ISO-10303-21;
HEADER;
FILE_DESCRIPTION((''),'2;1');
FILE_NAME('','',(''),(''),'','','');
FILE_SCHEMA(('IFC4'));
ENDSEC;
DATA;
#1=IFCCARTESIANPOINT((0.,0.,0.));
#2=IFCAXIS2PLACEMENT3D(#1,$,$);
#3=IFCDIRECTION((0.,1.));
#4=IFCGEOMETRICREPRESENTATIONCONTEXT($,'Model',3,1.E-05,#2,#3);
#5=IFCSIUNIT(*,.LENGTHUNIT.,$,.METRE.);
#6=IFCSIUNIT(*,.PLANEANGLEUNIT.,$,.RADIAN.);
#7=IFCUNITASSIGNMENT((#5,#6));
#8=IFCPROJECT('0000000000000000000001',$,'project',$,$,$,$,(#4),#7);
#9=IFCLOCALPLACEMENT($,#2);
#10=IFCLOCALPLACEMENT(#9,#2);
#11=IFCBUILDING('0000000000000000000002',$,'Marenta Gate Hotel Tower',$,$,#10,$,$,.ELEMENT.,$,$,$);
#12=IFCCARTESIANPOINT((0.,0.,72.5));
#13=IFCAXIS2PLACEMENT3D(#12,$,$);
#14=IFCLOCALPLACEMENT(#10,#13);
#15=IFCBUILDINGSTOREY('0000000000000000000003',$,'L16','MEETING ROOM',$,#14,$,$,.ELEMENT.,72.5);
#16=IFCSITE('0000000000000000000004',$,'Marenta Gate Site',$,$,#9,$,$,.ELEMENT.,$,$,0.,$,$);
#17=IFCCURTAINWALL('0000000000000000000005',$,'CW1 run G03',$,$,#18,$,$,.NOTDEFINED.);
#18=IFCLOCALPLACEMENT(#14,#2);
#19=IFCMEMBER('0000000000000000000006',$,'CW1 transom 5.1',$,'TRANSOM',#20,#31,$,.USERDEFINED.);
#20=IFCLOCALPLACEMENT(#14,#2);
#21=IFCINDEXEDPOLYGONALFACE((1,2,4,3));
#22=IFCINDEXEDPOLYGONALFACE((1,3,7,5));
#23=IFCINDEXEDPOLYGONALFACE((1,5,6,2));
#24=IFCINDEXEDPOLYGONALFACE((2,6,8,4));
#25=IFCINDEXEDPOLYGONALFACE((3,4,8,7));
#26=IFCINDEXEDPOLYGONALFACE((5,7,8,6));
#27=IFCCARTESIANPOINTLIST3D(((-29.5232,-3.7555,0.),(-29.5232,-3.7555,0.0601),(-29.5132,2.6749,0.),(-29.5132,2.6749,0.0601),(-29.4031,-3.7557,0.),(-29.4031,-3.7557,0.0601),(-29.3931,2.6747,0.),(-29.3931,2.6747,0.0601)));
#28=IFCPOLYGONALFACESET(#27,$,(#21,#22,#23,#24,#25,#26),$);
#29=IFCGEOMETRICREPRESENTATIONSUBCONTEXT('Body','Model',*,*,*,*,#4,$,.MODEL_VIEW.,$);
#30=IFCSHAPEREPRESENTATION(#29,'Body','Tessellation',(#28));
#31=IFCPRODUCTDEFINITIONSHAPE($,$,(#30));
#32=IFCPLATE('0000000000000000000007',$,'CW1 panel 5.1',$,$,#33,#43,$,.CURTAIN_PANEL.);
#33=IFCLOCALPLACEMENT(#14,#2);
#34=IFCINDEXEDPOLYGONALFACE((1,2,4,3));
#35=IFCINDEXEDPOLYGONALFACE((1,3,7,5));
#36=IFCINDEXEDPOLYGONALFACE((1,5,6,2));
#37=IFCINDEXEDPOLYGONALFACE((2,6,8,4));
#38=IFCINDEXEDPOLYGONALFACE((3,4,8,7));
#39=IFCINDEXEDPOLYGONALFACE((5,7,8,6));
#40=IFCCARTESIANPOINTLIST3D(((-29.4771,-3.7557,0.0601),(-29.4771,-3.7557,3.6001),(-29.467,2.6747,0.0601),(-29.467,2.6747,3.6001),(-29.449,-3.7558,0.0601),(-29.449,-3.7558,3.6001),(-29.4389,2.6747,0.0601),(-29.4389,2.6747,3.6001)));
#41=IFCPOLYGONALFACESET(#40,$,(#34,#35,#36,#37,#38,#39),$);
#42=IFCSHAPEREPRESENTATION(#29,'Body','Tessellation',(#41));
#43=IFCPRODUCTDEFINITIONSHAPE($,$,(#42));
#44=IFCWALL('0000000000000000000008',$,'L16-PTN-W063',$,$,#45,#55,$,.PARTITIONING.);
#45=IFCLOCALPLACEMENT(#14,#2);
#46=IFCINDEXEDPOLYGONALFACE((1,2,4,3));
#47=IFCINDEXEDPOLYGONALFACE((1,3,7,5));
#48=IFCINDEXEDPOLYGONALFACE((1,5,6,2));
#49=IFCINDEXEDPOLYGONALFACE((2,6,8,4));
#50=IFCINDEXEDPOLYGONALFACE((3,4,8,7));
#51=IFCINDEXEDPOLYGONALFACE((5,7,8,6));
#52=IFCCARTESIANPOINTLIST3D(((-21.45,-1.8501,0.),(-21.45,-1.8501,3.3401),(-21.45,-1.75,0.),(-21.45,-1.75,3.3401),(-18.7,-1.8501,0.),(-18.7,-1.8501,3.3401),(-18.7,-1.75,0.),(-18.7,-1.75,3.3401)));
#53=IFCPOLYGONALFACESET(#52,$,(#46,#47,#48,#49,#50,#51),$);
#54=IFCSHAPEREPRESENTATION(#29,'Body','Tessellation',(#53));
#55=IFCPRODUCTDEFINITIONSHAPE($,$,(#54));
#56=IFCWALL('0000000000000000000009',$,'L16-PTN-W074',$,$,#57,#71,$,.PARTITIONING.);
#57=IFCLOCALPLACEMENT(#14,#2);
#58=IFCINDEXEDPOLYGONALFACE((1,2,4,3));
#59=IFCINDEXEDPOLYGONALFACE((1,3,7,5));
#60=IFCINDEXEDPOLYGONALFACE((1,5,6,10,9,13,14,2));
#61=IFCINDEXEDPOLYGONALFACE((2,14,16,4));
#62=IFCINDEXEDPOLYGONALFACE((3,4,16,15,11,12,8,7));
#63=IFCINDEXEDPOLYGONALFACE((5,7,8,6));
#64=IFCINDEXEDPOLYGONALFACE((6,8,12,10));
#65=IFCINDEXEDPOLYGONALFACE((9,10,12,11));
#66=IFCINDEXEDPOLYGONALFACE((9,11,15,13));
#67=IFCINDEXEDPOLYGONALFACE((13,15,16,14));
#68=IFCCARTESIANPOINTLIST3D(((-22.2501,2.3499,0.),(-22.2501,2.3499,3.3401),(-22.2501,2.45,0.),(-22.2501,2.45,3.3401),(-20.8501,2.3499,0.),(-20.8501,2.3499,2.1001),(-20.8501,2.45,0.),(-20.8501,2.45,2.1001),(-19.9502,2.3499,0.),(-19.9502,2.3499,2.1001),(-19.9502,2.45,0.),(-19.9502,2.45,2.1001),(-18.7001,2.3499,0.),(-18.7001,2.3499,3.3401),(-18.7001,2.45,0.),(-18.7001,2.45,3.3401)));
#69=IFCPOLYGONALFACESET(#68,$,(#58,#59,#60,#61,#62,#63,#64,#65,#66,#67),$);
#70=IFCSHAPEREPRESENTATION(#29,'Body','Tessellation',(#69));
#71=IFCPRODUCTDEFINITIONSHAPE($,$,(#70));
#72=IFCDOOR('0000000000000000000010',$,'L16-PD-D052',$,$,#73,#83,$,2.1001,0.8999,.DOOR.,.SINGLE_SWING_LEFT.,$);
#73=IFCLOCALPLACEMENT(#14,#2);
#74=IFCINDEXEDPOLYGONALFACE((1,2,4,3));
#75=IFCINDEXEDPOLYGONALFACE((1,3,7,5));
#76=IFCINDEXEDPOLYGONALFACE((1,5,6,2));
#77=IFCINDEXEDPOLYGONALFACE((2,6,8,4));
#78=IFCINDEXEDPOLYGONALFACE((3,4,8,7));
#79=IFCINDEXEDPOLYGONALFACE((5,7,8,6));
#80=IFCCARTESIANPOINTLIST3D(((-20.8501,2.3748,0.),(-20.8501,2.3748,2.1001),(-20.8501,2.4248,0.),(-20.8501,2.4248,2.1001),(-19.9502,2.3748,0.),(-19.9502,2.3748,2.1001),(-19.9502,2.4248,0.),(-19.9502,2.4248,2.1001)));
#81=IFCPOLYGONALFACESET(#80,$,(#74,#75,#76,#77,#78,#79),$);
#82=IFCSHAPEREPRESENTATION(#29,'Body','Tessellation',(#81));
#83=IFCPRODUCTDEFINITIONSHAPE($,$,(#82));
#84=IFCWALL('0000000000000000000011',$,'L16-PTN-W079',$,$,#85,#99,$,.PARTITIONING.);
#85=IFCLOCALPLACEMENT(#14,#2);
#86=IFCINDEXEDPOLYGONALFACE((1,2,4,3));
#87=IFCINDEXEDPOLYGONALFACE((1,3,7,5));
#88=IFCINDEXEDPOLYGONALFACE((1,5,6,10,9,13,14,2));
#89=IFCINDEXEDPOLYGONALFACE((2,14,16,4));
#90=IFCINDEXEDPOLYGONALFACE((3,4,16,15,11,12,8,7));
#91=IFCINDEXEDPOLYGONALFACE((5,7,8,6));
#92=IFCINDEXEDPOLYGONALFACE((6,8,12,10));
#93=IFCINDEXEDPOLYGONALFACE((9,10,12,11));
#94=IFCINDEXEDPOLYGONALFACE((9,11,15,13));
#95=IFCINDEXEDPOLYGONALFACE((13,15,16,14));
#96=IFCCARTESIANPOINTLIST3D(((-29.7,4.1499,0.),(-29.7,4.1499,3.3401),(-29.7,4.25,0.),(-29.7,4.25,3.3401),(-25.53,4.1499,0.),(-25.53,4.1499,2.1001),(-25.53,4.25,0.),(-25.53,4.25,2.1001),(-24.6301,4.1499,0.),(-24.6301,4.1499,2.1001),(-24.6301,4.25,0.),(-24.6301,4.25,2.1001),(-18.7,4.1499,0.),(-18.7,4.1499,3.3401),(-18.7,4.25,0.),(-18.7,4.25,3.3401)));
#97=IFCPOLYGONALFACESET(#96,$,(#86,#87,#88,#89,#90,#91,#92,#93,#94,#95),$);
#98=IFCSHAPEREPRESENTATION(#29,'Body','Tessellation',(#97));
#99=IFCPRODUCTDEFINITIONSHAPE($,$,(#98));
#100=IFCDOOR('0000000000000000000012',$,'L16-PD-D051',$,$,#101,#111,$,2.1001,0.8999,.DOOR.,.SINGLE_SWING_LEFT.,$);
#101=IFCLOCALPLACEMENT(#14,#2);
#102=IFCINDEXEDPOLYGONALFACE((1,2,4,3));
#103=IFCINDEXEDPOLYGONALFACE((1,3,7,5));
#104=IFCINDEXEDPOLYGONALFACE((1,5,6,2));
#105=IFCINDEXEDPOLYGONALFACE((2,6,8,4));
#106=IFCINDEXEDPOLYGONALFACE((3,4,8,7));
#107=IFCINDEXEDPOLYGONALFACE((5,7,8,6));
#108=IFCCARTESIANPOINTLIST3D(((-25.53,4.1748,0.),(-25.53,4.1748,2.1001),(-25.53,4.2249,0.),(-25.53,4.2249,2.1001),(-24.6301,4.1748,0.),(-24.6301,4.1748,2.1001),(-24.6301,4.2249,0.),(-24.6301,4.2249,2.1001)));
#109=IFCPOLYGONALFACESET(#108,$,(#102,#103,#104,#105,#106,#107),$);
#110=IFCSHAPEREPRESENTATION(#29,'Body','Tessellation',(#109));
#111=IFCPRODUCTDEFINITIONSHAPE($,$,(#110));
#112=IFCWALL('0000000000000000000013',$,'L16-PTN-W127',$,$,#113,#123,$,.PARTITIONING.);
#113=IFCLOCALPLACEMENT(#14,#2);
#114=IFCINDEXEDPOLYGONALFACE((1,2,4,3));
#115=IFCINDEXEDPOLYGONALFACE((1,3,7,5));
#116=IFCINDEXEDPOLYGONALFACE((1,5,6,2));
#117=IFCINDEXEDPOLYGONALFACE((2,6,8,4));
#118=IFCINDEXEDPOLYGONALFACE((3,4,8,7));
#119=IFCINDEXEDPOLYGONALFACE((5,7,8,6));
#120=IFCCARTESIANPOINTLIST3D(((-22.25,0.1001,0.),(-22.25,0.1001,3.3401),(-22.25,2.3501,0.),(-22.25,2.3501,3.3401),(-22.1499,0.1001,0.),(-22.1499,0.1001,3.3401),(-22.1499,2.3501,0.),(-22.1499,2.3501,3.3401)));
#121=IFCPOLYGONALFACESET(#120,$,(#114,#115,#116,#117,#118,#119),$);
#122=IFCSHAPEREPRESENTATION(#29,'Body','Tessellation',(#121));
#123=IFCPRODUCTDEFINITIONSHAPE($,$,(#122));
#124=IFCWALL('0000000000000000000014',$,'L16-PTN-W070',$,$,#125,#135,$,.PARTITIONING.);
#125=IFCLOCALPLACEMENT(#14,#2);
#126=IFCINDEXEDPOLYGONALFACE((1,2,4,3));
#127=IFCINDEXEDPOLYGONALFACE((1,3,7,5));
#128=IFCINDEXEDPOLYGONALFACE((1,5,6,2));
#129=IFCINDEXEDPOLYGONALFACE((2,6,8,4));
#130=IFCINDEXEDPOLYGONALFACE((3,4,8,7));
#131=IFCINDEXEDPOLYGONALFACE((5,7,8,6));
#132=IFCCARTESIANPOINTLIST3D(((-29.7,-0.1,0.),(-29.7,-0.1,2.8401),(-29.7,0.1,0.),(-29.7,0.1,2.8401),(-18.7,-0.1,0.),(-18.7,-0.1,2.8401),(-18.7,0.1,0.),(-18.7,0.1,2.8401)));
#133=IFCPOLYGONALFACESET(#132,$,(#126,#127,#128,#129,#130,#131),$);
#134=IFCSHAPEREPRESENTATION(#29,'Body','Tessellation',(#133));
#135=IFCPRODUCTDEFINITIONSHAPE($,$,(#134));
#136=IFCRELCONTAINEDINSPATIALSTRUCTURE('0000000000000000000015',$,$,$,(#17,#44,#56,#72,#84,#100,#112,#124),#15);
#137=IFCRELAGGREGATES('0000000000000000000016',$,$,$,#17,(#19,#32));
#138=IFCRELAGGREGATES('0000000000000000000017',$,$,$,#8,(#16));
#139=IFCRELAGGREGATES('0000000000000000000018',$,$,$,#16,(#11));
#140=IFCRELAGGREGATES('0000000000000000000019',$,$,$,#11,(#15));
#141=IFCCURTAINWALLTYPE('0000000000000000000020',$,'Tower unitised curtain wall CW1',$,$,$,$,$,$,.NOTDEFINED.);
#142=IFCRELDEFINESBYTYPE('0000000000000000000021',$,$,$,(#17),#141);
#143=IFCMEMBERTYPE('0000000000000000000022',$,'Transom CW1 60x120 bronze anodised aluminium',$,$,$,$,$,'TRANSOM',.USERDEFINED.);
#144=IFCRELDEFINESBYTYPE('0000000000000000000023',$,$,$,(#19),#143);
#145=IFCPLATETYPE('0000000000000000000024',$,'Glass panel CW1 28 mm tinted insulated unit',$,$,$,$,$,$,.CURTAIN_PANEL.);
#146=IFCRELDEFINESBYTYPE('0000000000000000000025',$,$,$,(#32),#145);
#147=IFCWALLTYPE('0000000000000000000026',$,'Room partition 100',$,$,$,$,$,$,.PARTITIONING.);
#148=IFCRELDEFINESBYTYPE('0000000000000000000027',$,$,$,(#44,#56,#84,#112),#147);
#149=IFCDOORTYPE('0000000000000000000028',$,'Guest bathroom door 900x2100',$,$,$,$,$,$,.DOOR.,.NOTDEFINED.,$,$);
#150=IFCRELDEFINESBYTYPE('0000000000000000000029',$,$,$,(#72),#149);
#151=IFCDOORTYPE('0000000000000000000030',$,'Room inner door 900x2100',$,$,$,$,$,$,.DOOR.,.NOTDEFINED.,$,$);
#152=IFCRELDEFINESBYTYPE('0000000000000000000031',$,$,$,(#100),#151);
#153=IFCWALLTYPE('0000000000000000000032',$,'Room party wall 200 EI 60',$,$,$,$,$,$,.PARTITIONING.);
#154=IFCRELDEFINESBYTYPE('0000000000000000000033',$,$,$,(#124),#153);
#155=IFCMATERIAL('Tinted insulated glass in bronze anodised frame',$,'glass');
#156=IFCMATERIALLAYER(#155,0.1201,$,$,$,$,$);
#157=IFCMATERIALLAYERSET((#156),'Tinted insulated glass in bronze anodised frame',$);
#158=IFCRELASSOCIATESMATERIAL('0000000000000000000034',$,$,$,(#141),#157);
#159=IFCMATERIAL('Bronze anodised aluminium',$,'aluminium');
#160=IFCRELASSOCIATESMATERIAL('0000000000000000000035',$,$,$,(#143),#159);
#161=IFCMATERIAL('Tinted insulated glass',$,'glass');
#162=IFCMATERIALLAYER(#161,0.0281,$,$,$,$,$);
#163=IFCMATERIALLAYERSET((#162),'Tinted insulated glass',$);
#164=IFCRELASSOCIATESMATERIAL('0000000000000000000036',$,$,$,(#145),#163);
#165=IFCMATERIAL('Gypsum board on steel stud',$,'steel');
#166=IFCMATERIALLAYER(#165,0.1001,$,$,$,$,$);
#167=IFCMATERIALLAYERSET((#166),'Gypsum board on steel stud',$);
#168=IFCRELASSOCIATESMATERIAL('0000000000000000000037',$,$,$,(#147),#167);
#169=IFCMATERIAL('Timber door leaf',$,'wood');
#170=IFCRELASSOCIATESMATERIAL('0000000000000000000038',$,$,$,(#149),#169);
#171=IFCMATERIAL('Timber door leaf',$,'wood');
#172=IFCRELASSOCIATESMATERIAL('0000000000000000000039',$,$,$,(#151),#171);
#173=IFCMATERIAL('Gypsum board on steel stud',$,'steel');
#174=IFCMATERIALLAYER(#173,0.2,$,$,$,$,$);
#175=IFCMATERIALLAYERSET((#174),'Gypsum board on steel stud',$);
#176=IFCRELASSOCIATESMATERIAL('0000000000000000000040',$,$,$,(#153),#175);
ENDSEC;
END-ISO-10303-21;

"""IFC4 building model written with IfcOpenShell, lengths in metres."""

from ifc_helpers import new_model, si_unit, direction, frame, frame_2d, origin, origin_2d, place, context, subcontext, project, spatial, rectangle, extrude, material, layer, layer_set, material_profile, profile_set, type_object, element, fill, aggregate, save


model = new_model("IFC4")

# Units and contexts
model_context = context("Model", 3, precision=1e-05, world=origin(), true_north=direction((0.0, 1.0)))
body_context = subcontext(model_context, "Body", "Model", "MODEL_VIEW")
ifc_project = project(units=[si_unit("LENGTHUNIT", "METRE"), si_unit("PLANEANGLEUNIT", "RADIAN")], contexts=[model_context])

# Site, building, storey
site_placement = place(None, origin())
site = spatial("IfcSite", under=ifc_project, at=site_placement, Name="Marenta Gate Site", CompositionType="ELEMENT", RefElevation=0.0)
building_placement = place(site_placement, origin())
building = spatial("IfcBuilding", under=site, at=building_placement, Name="Marenta Gate Hotel Tower", CompositionType="ELEMENT")
storey_placement = place(building_placement, frame((0.0, 0.0, 72.5)))
storey = spatial("IfcBuildingStorey", under=building, at=storey_placement, Name="L16", Description="MEETING ROOM", CompositionType="ELEMENT", Elevation=72.5)

# Curtain wall, member, plate
ifc_material_1 = material(Name="Tinted insulated glass in bronze anodised frame", Category="glass")
ifc_layer_1 = layer(ifc_material_1, 0.1201)
ifc_layer_set_1 = layer_set([ifc_layer_1], Name="Tinted insulated glass in bronze anodised frame")
curtain_wall_type = type_object("IfcCurtainWallType", Name="Tower unitised curtain wall CW1", PredefinedType="NOTDEFINED", material=ifc_layer_set_1)
curtain_wall_placement = place(storey_placement, origin())
curtain_wall = element("IfcCurtainWall", 1, at=curtain_wall_placement, inside=storey, type_object=curtain_wall_type, Name="CW1 run G03", PredefinedType="NOTDEFINED")
ifc_material_2 = material(Name="Bronze anodised aluminium", Category="aluminium")
ifc_material_profile_1 = material_profile(ifc_material_2, rectangle(XDim=0.1201, YDim=0.0601, at=origin_2d()), Name="Transom CW1 60x120 bronze anodised aluminium")
ifc_profile_set_1 = profile_set([ifc_material_profile_1], Name="Bronze anodised aluminium")
member_type_1 = type_object("IfcMemberType", Name="Transom CW1 60x120 bronze anodised aluminium", ElementType="TRANSOM", PredefinedType="USERDEFINED", material=ifc_profile_set_1)
member_1_placement = place(storey_placement, frame((-29.4531, 2.6748, 0.03), z_axis=(-0.001557, -0.999999, 0.0), x_axis=(0.999999, -0.001557, 0.0)))
member_1 = element("IfcMember", 2, at=member_1_placement, type_object=member_type_1, Name="CW1 transom 5.1", ObjectType="TRANSOM", PredefinedType="USERDEFINED", context=body_context, shape_type="SweptSolid", body=[
    extrude(rectangle(XDim=0.1201, YDim=0.0601, at=origin_2d()), origin(), (0.0, 0.0, 1.0), 6.4304),
])
ifc_material_3 = material(Name="Tinted insulated glass", Category="glass")
ifc_layer_2 = layer(ifc_material_3, 0.0281)
ifc_layer_set_2 = layer_set([ifc_layer_2], Name="Tinted insulated glass")
plate_type = type_object("IfcPlateType", Name="Glass panel CW1 28 mm tinted insulated unit", PredefinedType="CURTAIN_PANEL", material=ifc_layer_set_2)
plate_placement = place(storey_placement, frame((-29.458, -0.5405, 0.0601), z_axis=(0.0, 0.0, 1.0), x_axis=(-0.001566, -0.999999, 0.0)))
plate = element("IfcPlate", 3, at=plate_placement, type_object=plate_type, Name="CW1 panel 5.1", PredefinedType="CURTAIN_PANEL", context=body_context, shape_type="SweptSolid", body=[
    extrude(rectangle(XDim=6.4304, YDim=0.0281, at=origin_2d()), origin(), (0.0, 0.0, 1.0), 3.54),
])
aggregate(curtain_wall, [member_1, plate])

# Wall
ifc_material_4 = material(Name="Gypsum board on steel stud", Category="steel")
ifc_layer_3 = layer(ifc_material_4, 0.1001)
ifc_layer_set_3 = layer_set([ifc_layer_3], Name="Gypsum board on steel stud")
wall_type_1 = type_object("IfcWallType", Name="Room partition 100", PredefinedType="PARTITIONING", material=ifc_layer_set_3)
wall_1_placement = place(storey_placement, frame((-21.45, -1.8, 0.0), z_axis=(0.0, 0.0, 1.0), x_axis=(1.0, 0.0, 0.0)))
element("IfcWall", 4, at=wall_1_placement, inside=storey, type_object=wall_type_1, Name="L16-PTN-W063", PredefinedType="PARTITIONING", context=body_context, shape_type="SweptSolid", body=[
    extrude(rectangle(XDim=2.75, YDim=0.1001, at=frame_2d((1.375, 0.0))), origin(), (0.0, 0.0, 1.0), 3.3401),
])

# Walls, openings, doors
wall_2_placement = place(storey_placement, frame((-22.25, 2.3999, 0.0), z_axis=(0.0, 0.0, 1.0), x_axis=(1.0, 0.0, 0.0)))
wall_2 = element("IfcWall", 5, at=wall_2_placement, inside=storey, type_object=wall_type_1, Name="L16-PTN-W074", PredefinedType="PARTITIONING", context=body_context, shape_type="SweptSolid", body=[
    extrude(rectangle(XDim=3.55, YDim=0.1001, at=frame_2d((1.7749, 0.0))), origin(), (0.0, 0.0, 1.0), 3.3401),
])
opening_1_placement = place(wall_2_placement, frame((1.3999, 0.0, 0.0)))
opening_1 = element("IfcOpeningElement", 6, at=opening_1_placement, cuts=wall_2, PredefinedType="OPENING", context=body_context, shape_type="SweptSolid", body=[
    extrude(rectangle(XDim=0.8999, YDim=2.1001, at=frame_2d((0.45, 1.05))), frame((0.0, 0.05, 0.0), z_axis=(0.0, -1.0, 0.0), x_axis=(1.0, 0.0, 0.0)), (0.0, 0.0, 1.0), 0.1001),
])
ifc_material_5 = material(Name="Timber door leaf", Category="wood")
door_type_1 = type_object("IfcDoorType", Name="Guest bathroom door 900x2100", OperationType="NOTDEFINED", PredefinedType="DOOR", material=ifc_material_5)
door_1_placement = place(opening_1_placement, origin())
door_1 = element("IfcDoor", 7, at=door_1_placement, inside=storey, type_object=door_type_1, Name="L16-PD-D052", OperationType="SINGLE_SWING_LEFT", OverallHeight=2.1001, OverallWidth=0.8999, PredefinedType="DOOR", context=body_context, shape_type="SweptSolid", body=[
    extrude(rectangle(XDim=0.8999, YDim=2.1001, at=frame_2d((0.45, 1.05))), frame((0.0, 0.0249, 0.0), z_axis=(0.0, -1.0, 0.0), x_axis=(1.0, 0.0, 0.0)), (0.0, 0.0, 1.0), 0.05),
])
fill(opening_1, door_1)
wall_3_placement = place(storey_placement, frame((-29.7, 4.2, 0.0), z_axis=(0.0, 0.0, 1.0), x_axis=(1.0, 0.0, 0.0)))
wall_3 = element("IfcWall", 8, at=wall_3_placement, inside=storey, type_object=wall_type_1, Name="L16-PTN-W079", PredefinedType="PARTITIONING", context=body_context, shape_type="SweptSolid", body=[
    extrude(rectangle(XDim=11.0, YDim=0.1001, at=frame_2d((5.5, 0.0))), origin(), (0.0, 0.0, 1.0), 3.3401),
])
opening_2_placement = place(wall_3_placement, frame((4.1699, 0.0, 0.0)))
opening_2 = element("IfcOpeningElement", 9, at=opening_2_placement, cuts=wall_3, PredefinedType="OPENING", context=body_context, shape_type="SweptSolid", body=[
    extrude(rectangle(XDim=0.8999, YDim=2.1001, at=frame_2d((0.45, 1.05))), frame((0.0, 0.05, 0.0), z_axis=(0.0, -1.0, 0.0), x_axis=(1.0, 0.0, 0.0)), (0.0, 0.0, 1.0), 0.1001),
])
ifc_material_6 = material(Name="Timber door leaf", Category="wood")
door_type_2 = type_object("IfcDoorType", Name="Room inner door 900x2100", OperationType="NOTDEFINED", PredefinedType="DOOR", material=ifc_material_6)
door_2_placement = place(opening_2_placement, origin())
door_2 = element("IfcDoor", 10, at=door_2_placement, inside=storey, type_object=door_type_2, Name="L16-PD-D051", OperationType="SINGLE_SWING_LEFT", OverallHeight=2.1001, OverallWidth=0.8999, PredefinedType="DOOR", context=body_context, shape_type="SweptSolid", body=[
    extrude(rectangle(XDim=0.8999, YDim=2.1001, at=frame_2d((0.45, 1.05))), frame((0.0, 0.0249, 0.0), z_axis=(0.0, -1.0, 0.0), x_axis=(1.0, 0.0, 0.0)), (0.0, 0.0, 1.0), 0.05),
])
fill(opening_2, door_2)

# Walls
wall_4_placement = place(storey_placement, frame((-22.2, 0.1001, 0.0), z_axis=(0.0, 0.0, 1.0), x_axis=(0.0, 1.0, 0.0)))
element("IfcWall", 11, at=wall_4_placement, inside=storey, type_object=wall_type_1, Name="L16-PTN-W127", PredefinedType="PARTITIONING", context=body_context, shape_type="SweptSolid", body=[
    extrude(rectangle(XDim=2.25, YDim=0.1001, at=frame_2d((1.125, 0.0))), origin(), (0.0, 0.0, 1.0), 3.3401),
])
ifc_material_7 = material(Name="Gypsum board on steel stud", Category="steel")
ifc_layer_4 = layer(ifc_material_7, 0.2)
ifc_layer_set_4 = layer_set([ifc_layer_4], Name="Gypsum board on steel stud")
wall_type_2 = type_object("IfcWallType", Name="Room party wall 200 EI 60", PredefinedType="PARTITIONING", material=ifc_layer_set_4)
wall_5_placement = place(storey_placement, frame((-29.7, 0.0, 0.0), z_axis=(0.0, 0.0, 1.0), x_axis=(1.0, 0.0, 0.0)))
element("IfcWall", 12, at=wall_5_placement, inside=storey, type_object=wall_type_2, Name="L16-PTN-W070", PredefinedType="PARTITIONING", context=body_context, shape_type="SweptSolid", body=[
    extrude(rectangle(XDim=11.0, YDim=0.2, at=frame_2d((5.5, 0.0))), origin(), (0.0, 0.0, 1.0), 2.8401),
])

save(model, "model.ifc")
